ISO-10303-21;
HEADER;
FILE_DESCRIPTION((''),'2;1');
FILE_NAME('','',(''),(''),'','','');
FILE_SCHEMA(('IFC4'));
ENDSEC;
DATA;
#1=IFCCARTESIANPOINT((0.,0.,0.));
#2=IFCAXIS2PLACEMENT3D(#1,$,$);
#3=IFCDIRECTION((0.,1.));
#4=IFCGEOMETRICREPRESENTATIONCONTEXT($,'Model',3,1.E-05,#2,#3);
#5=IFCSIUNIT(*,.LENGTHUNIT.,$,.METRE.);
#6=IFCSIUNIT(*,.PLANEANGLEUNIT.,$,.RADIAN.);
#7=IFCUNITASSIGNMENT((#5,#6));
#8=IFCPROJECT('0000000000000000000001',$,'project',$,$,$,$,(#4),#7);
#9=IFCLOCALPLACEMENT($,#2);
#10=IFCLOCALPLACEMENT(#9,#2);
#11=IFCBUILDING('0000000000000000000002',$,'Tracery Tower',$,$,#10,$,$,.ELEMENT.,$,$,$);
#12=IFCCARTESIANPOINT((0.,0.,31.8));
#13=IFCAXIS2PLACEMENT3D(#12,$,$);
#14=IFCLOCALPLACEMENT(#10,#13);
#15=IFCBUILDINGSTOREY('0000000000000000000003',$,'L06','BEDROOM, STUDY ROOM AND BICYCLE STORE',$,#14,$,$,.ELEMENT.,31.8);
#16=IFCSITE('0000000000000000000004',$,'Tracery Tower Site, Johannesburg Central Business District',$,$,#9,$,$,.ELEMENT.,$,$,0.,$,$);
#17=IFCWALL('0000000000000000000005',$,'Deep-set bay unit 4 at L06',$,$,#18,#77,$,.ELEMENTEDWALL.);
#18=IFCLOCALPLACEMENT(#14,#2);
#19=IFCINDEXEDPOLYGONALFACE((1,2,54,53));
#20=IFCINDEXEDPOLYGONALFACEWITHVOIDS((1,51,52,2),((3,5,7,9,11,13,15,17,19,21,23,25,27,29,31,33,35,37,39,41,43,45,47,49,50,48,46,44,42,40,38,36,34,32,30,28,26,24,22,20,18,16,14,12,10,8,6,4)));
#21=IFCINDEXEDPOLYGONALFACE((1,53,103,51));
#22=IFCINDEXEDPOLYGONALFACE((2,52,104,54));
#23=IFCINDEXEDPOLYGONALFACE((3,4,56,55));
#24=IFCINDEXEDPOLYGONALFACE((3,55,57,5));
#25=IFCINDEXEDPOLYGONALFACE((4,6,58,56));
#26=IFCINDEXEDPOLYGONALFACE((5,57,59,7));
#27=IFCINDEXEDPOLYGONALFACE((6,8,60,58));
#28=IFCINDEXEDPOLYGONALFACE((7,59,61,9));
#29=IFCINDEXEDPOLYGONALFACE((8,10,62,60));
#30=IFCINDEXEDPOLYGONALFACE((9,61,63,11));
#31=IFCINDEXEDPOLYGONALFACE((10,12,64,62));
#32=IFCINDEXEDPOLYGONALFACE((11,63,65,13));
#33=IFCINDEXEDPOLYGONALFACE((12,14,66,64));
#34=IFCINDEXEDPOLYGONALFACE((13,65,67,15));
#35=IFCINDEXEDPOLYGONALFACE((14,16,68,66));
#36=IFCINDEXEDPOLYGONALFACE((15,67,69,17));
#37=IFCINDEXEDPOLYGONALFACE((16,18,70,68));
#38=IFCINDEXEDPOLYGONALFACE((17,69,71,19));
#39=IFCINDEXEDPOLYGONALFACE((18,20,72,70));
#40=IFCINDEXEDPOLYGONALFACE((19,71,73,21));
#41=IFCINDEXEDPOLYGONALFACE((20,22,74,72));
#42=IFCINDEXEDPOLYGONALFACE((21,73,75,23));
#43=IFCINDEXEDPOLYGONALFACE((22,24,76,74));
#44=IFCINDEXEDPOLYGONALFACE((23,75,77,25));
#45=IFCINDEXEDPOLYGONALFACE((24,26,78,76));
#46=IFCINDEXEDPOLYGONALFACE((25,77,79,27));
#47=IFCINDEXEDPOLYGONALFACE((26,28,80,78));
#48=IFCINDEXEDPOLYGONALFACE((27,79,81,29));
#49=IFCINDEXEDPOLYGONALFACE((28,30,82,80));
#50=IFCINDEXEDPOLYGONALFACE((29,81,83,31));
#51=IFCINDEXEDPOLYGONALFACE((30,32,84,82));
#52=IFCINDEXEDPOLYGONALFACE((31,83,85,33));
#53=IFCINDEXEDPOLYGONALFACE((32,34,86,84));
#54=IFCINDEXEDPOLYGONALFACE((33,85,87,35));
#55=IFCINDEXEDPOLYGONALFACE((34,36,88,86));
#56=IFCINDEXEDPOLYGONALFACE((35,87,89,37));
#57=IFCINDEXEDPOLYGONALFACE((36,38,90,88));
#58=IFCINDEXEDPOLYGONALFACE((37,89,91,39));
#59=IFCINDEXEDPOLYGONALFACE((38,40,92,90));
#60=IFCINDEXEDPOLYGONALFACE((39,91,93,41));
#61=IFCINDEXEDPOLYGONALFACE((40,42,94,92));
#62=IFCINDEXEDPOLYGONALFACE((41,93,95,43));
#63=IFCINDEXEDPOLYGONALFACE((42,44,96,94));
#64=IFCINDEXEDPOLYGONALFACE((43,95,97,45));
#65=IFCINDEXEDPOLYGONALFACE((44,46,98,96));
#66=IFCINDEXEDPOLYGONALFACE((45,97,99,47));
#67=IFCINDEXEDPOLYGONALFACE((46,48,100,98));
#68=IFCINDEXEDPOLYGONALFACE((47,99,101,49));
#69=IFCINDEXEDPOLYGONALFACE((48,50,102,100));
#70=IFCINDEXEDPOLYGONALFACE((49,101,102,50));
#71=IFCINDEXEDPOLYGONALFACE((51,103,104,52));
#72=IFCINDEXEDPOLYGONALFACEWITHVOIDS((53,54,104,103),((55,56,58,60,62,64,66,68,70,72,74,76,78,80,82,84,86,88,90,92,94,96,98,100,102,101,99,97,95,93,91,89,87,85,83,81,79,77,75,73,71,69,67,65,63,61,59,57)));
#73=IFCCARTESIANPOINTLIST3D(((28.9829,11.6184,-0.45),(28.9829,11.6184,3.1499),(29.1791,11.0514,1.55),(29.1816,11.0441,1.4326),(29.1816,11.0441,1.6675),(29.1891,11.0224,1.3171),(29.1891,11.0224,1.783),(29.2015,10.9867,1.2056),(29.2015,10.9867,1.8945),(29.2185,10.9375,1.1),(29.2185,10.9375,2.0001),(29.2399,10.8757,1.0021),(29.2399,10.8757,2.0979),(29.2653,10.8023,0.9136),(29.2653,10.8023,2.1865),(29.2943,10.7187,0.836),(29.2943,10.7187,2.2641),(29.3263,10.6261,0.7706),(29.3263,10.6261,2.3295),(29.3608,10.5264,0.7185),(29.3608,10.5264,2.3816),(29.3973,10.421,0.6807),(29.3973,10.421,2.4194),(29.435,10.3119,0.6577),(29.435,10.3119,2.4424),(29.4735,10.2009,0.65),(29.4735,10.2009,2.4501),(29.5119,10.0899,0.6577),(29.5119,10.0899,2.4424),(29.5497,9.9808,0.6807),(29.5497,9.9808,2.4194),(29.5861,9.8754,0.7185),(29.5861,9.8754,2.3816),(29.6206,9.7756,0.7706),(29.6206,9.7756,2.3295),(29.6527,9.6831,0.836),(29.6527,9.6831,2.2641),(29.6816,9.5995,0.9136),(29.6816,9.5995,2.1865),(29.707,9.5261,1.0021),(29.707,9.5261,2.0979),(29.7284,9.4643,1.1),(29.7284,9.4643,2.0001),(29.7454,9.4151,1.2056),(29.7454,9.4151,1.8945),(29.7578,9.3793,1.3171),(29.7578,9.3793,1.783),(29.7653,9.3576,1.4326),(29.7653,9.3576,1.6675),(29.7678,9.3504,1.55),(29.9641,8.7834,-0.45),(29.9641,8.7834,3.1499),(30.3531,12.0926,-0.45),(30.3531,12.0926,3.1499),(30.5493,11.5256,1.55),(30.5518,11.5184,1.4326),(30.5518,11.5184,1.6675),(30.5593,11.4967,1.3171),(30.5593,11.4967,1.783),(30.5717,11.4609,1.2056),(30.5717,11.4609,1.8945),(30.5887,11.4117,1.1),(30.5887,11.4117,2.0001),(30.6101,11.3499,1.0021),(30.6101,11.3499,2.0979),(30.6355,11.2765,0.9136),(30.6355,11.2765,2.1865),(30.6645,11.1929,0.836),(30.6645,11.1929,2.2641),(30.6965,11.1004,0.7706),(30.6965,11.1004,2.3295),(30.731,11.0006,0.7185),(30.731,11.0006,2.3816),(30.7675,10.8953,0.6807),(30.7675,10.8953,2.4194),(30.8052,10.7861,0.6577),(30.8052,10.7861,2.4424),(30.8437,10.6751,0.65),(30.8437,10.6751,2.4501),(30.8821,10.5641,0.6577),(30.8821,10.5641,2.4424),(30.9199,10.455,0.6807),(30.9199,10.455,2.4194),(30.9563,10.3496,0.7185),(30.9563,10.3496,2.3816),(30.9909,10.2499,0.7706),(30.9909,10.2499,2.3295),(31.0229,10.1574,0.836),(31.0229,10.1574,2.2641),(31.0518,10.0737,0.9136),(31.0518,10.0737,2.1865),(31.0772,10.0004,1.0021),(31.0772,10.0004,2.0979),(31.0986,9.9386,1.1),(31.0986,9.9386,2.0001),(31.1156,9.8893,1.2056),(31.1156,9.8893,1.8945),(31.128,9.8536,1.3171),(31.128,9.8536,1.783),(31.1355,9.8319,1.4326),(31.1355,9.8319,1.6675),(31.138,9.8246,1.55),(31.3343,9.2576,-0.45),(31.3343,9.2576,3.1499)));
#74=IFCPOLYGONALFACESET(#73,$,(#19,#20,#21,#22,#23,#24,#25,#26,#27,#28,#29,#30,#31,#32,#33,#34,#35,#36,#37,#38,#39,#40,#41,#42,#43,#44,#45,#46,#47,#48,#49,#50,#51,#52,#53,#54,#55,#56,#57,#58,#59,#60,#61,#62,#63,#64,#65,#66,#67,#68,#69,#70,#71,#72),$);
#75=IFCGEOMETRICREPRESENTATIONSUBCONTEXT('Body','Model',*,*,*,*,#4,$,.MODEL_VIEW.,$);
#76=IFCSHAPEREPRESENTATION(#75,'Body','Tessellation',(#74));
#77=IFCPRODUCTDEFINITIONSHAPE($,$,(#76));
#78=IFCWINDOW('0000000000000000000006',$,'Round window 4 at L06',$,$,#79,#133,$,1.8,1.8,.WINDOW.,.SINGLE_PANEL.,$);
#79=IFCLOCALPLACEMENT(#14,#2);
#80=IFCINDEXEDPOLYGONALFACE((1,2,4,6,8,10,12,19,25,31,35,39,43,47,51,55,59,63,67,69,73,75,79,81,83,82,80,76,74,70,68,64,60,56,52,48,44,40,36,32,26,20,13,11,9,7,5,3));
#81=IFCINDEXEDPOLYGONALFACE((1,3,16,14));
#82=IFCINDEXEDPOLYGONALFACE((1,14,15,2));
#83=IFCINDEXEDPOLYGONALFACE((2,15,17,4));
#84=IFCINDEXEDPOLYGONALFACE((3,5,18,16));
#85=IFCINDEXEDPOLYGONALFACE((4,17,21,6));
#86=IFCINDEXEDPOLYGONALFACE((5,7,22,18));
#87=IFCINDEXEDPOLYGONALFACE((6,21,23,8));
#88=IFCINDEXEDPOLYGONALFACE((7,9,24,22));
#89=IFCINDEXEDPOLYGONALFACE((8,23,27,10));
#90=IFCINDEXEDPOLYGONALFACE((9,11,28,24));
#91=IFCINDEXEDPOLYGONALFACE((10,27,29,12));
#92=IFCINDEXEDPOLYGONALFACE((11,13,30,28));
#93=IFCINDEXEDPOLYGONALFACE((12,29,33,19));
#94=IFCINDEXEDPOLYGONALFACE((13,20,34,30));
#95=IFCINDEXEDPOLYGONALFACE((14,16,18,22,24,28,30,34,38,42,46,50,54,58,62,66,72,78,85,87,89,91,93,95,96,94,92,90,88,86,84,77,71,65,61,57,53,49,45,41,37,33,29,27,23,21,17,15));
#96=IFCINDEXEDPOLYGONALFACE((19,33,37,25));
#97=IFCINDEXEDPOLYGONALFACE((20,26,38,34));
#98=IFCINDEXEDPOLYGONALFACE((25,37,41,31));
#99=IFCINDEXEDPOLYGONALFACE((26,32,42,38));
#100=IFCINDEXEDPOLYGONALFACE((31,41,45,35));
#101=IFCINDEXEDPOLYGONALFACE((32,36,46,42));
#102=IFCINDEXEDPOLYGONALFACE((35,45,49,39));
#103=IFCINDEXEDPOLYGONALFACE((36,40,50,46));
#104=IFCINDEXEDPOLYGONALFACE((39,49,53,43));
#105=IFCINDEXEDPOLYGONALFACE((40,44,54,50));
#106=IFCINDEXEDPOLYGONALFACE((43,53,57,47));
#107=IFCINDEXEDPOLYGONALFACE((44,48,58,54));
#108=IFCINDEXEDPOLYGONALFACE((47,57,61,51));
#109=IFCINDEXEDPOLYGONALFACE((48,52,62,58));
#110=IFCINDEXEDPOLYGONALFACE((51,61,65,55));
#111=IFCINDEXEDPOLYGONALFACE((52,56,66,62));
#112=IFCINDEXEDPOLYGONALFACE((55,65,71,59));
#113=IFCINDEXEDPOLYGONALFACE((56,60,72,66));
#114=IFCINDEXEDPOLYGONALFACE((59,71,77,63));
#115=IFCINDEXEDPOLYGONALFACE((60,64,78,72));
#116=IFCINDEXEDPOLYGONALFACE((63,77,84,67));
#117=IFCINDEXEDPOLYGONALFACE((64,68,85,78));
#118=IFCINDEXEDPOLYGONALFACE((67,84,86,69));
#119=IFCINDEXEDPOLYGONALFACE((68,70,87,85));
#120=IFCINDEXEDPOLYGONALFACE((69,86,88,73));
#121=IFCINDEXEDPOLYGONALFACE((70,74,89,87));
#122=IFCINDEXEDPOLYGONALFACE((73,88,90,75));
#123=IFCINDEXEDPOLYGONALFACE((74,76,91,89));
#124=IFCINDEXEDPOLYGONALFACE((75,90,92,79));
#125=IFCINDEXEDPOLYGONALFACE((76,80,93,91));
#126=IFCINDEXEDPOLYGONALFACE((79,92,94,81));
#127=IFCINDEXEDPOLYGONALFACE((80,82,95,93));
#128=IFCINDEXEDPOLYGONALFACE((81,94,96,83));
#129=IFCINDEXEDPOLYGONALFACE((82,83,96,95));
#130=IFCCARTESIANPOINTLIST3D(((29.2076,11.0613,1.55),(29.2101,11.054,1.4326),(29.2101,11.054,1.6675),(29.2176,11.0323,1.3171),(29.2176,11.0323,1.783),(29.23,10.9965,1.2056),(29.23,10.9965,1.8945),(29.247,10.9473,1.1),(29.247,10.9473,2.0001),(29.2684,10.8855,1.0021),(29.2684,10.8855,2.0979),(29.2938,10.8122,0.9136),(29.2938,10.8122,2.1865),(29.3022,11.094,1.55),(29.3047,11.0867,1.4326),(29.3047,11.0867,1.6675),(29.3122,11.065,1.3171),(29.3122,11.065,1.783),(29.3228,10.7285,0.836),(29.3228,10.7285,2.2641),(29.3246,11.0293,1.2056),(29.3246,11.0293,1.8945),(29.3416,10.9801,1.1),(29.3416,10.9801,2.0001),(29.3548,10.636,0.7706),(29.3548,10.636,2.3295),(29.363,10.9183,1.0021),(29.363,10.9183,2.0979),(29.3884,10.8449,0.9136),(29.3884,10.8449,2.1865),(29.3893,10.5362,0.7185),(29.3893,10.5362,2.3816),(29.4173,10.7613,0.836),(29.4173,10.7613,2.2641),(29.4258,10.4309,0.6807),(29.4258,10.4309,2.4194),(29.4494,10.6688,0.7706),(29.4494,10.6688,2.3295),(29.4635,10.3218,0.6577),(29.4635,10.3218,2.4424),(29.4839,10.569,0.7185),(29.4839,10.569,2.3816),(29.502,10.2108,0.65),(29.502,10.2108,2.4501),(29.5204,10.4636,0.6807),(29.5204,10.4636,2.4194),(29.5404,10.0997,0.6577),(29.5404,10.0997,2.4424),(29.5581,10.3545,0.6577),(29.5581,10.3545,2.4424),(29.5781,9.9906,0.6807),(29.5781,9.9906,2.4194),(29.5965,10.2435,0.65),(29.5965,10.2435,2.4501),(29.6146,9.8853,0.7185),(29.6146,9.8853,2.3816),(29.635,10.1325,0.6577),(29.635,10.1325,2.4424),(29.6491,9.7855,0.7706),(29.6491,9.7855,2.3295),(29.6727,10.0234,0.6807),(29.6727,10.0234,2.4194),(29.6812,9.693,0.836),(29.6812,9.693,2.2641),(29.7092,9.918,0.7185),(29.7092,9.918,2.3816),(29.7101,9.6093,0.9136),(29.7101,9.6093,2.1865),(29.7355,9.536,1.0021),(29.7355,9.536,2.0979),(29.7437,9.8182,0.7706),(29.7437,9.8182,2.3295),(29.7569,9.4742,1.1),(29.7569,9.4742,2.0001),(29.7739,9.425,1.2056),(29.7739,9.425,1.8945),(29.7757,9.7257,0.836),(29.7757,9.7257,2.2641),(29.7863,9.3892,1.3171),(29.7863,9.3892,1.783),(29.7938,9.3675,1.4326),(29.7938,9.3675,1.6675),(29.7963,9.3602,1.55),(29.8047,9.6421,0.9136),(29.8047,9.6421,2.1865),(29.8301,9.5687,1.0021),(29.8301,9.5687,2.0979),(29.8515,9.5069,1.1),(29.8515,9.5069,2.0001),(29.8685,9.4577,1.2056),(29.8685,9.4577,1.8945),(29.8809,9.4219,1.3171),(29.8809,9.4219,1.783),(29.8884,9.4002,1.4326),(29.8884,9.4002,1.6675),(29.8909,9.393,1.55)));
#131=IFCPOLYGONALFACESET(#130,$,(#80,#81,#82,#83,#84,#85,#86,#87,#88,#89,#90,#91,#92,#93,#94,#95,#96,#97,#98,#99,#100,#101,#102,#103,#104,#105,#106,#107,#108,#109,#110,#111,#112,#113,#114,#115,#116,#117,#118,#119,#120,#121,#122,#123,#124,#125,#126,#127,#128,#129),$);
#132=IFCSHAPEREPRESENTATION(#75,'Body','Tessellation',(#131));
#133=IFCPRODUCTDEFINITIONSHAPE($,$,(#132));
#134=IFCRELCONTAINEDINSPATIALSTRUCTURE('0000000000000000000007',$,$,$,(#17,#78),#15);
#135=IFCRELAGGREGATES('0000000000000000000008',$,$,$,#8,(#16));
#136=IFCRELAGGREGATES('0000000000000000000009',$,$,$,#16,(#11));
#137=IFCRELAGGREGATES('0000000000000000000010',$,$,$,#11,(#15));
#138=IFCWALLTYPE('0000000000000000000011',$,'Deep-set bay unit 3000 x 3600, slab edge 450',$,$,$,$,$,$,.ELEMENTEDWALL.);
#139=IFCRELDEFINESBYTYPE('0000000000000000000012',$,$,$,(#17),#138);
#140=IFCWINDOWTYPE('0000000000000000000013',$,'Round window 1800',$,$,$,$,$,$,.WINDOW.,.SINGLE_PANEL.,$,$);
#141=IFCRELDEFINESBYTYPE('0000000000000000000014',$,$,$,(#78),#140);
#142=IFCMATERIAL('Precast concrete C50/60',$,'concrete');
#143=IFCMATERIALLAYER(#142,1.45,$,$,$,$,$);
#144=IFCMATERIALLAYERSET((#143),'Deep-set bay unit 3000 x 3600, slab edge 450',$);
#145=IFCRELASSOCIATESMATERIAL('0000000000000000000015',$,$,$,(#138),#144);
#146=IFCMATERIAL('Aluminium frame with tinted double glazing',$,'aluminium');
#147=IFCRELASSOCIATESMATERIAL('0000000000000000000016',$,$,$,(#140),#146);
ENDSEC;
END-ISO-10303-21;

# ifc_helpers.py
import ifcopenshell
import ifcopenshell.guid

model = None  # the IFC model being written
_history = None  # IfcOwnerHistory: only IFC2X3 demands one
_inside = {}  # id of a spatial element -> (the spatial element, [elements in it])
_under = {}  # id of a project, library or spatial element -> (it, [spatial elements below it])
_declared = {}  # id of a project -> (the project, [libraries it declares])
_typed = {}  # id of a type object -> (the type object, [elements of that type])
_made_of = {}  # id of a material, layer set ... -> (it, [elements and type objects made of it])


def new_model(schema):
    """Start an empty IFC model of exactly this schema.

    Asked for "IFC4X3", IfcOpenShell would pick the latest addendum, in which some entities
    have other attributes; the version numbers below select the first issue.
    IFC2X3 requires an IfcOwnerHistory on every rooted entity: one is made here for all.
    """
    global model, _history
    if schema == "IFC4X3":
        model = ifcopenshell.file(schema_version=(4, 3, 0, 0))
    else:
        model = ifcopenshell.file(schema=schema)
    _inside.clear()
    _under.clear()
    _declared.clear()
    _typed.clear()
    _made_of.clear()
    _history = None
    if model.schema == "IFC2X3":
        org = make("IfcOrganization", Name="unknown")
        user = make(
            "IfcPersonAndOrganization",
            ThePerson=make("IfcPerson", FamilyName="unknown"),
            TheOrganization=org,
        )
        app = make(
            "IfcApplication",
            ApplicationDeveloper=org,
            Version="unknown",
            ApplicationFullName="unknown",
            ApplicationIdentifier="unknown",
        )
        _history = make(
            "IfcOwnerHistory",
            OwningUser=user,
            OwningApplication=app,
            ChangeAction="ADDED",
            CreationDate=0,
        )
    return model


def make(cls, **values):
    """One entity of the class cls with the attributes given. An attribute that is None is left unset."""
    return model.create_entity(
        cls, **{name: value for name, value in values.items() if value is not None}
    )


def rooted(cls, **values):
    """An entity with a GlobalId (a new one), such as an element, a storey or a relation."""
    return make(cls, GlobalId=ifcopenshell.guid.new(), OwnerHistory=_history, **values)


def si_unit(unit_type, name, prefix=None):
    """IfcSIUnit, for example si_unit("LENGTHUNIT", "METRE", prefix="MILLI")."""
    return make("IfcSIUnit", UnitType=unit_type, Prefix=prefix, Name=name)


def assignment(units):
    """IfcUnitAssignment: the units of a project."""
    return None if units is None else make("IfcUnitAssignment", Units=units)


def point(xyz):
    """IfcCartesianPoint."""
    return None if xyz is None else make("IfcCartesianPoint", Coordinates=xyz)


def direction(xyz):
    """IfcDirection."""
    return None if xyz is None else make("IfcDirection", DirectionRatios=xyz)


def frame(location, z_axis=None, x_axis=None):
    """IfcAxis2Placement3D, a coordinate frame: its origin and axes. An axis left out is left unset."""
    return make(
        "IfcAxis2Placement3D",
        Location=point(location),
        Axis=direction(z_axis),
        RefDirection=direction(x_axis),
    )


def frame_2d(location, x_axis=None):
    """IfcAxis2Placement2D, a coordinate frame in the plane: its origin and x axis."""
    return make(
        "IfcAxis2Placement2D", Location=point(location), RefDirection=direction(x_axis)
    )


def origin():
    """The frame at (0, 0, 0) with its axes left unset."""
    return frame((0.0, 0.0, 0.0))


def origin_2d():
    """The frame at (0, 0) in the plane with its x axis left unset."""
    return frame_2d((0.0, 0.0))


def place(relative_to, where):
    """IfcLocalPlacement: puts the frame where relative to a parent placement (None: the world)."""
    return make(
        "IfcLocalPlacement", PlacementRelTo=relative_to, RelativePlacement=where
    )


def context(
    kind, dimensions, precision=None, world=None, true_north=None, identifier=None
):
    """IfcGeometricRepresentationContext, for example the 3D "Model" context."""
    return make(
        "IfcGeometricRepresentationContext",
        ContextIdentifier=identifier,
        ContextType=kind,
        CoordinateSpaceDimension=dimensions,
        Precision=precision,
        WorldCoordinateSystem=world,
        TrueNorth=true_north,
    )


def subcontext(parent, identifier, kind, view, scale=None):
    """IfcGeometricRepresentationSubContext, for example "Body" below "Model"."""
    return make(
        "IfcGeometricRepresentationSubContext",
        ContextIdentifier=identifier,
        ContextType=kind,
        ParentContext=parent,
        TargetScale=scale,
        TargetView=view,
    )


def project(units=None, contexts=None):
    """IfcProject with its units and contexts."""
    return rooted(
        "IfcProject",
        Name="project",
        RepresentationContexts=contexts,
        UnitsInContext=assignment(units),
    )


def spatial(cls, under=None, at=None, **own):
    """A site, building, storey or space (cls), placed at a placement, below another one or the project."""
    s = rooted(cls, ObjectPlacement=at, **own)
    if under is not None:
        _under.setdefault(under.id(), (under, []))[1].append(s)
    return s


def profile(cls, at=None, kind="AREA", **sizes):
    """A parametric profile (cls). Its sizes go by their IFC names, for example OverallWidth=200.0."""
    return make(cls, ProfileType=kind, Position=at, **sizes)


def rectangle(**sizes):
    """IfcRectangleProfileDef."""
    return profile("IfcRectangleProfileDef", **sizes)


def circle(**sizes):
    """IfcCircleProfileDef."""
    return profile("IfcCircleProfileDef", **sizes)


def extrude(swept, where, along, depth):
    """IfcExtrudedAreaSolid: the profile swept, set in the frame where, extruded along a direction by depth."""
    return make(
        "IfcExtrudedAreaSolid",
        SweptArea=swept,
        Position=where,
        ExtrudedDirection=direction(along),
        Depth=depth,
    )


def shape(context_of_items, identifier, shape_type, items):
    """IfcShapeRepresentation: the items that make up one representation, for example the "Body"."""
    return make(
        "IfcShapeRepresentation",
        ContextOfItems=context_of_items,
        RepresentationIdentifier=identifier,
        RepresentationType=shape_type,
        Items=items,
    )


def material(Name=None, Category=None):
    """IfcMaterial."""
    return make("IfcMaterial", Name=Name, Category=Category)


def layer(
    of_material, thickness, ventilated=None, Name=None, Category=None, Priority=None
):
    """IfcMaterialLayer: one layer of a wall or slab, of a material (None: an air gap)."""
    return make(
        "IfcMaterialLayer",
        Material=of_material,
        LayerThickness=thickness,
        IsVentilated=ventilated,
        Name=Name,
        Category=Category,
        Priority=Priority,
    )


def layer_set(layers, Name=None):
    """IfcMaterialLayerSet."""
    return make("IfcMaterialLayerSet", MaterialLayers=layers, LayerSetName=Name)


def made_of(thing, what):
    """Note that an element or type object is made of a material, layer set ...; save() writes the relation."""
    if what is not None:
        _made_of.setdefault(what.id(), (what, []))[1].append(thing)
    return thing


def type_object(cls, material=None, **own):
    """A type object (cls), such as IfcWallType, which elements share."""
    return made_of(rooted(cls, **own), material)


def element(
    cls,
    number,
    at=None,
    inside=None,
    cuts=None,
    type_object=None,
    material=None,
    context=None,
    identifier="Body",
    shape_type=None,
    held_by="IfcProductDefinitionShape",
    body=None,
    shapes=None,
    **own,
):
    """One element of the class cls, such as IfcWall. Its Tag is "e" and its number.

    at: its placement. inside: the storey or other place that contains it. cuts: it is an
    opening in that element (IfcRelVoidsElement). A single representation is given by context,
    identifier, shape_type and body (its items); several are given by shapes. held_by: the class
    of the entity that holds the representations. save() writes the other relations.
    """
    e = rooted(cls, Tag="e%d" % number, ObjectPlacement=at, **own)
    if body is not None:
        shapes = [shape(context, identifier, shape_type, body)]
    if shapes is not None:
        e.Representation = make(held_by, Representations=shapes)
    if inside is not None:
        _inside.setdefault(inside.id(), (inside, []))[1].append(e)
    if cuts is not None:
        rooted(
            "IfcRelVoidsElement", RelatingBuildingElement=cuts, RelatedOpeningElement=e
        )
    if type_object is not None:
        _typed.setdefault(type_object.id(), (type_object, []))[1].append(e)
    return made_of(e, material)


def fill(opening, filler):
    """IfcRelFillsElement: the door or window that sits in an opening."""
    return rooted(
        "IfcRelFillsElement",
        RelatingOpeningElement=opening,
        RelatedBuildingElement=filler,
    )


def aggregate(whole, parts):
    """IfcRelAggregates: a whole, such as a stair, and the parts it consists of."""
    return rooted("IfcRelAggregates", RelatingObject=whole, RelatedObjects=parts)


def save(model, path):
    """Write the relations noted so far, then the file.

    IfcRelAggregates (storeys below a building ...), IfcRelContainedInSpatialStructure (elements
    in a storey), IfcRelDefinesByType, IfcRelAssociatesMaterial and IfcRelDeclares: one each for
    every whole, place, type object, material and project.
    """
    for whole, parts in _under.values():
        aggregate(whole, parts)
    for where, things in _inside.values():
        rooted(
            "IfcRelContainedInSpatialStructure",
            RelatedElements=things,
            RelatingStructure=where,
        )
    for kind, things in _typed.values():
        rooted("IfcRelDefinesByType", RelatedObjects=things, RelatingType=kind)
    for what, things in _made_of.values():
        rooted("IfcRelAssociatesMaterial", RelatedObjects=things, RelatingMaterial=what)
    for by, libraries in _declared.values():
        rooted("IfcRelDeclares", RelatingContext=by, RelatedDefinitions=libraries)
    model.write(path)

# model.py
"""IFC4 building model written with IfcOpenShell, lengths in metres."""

from ifc_helpers import new_model, si_unit, direction, frame, frame_2d, origin, origin_2d, place, context, subcontext, project, spatial, rectangle, circle, extrude, material, layer, layer_set, type_object, element, fill, save


model = new_model("IFC4")

# Units and contexts
model_context = context("Model", 3, precision=1e-05, world=origin(), true_north=direction((0.0, 1.0)))
body_context = subcontext(model_context, "Body", "Model", "MODEL_VIEW")
ifc_project = project(units=[si_unit("LENGTHUNIT", "METRE"), si_unit("PLANEANGLEUNIT", "RADIAN")], contexts=[model_context])

# Site, building, storey
site_placement = place(None, origin())
site = spatial("IfcSite", under=ifc_project, at=site_placement, Name="Tracery Tower Site, Johannesburg Central Business District", CompositionType="ELEMENT", RefElevation=0.0)
building_placement = place(site_placement, origin())
building = spatial("IfcBuilding", under=site, at=building_placement, Name="Tracery Tower", CompositionType="ELEMENT")
storey_placement = place(building_placement, frame((0.0, 0.0, 31.8)))
storey = spatial("IfcBuildingStorey", under=building, at=storey_placement, Name="L06", Description="BEDROOM, STUDY ROOM AND BICYCLE STORE", CompositionType="ELEMENT", Elevation=31.8)

# Wall, opening, window
ifc_material_1 = material(Name="Precast concrete C50/60", Category="concrete")
ifc_layer_1 = layer(ifc_material_1, 1.45)
ifc_layer_set_1 = layer_set([ifc_layer_1], Name="Deep-set bay unit 3000 x 3600, slab edge 450")
wall_type_1 = type_object("IfcWallType", Name="Deep-set bay unit 3000 x 3600, slab edge 450", PredefinedType="ELEMENTEDWALL", material=ifc_layer_set_1)
ifc_material_2 = material(Name="Aluminium frame with tinted double glazing", Category="aluminium")
window_type = type_object("IfcWindowType", Name="Round window 1800", PartitioningType="SINGLE_PANEL", PredefinedType="WINDOW", material=ifc_material_2)
wall_1_placement = place(storey_placement, frame((30.6492, 9.0205, -0.45), z_axis=(0.0, 0.0, 1.0), x_axis=(-0.327071, 0.945, 0.0)))
wall_1 = element("IfcWall", 1, at=wall_1_placement, inside=storey, type_object=wall_type_1, Name="Deep-set bay unit 4 at L06", PredefinedType="ELEMENTEDWALL", context=body_context, shape_type="SweptSolid", body=[
    extrude(rectangle(XDim=3.0, YDim=1.45, at=frame_2d((1.5, 0.0))), origin(), (0.0, 0.0, 1.0), 3.5999),
])
opening_1_placement = place(wall_1_placement, frame((1.5, 0.0, 2.0)))
opening_1 = element("IfcOpeningElement", 2, at=opening_1_placement, cuts=wall_1, PredefinedType="OPENING", context=body_context, shape_type="SweptSolid", body=[
    extrude(circle(Radius=0.9, at=origin_2d()), frame((0.0, 0.7349, 0.0), z_axis=(0.0, -1.0, 0.0), x_axis=(1.0, 0.0, 0.0)), (0.0, 0.0, 1.0), 1.47),
])
window_1_placement = place(opening_1_placement, origin())
window_1 = element("IfcWindow", 3, at=window_1_placement, inside=storey, type_object=window_type, Name="Round window 4 at L06", OverallHeight=1.8, OverallWidth=1.8, PartitioningType="SINGLE_PANEL", PredefinedType="WINDOW", context=body_context, shape_type="SweptSolid", body=[
    extrude(circle(Radius=0.9, at=origin_2d()), frame((0.0, 0.6948, 0.0), z_axis=(0.0, -1.0, 0.0), x_axis=(1.0, 0.0, 0.0)), (0.0, 0.0, 1.0), 0.1001),
])
fill(opening_1, window_1)

save(model, "model.ifc")
